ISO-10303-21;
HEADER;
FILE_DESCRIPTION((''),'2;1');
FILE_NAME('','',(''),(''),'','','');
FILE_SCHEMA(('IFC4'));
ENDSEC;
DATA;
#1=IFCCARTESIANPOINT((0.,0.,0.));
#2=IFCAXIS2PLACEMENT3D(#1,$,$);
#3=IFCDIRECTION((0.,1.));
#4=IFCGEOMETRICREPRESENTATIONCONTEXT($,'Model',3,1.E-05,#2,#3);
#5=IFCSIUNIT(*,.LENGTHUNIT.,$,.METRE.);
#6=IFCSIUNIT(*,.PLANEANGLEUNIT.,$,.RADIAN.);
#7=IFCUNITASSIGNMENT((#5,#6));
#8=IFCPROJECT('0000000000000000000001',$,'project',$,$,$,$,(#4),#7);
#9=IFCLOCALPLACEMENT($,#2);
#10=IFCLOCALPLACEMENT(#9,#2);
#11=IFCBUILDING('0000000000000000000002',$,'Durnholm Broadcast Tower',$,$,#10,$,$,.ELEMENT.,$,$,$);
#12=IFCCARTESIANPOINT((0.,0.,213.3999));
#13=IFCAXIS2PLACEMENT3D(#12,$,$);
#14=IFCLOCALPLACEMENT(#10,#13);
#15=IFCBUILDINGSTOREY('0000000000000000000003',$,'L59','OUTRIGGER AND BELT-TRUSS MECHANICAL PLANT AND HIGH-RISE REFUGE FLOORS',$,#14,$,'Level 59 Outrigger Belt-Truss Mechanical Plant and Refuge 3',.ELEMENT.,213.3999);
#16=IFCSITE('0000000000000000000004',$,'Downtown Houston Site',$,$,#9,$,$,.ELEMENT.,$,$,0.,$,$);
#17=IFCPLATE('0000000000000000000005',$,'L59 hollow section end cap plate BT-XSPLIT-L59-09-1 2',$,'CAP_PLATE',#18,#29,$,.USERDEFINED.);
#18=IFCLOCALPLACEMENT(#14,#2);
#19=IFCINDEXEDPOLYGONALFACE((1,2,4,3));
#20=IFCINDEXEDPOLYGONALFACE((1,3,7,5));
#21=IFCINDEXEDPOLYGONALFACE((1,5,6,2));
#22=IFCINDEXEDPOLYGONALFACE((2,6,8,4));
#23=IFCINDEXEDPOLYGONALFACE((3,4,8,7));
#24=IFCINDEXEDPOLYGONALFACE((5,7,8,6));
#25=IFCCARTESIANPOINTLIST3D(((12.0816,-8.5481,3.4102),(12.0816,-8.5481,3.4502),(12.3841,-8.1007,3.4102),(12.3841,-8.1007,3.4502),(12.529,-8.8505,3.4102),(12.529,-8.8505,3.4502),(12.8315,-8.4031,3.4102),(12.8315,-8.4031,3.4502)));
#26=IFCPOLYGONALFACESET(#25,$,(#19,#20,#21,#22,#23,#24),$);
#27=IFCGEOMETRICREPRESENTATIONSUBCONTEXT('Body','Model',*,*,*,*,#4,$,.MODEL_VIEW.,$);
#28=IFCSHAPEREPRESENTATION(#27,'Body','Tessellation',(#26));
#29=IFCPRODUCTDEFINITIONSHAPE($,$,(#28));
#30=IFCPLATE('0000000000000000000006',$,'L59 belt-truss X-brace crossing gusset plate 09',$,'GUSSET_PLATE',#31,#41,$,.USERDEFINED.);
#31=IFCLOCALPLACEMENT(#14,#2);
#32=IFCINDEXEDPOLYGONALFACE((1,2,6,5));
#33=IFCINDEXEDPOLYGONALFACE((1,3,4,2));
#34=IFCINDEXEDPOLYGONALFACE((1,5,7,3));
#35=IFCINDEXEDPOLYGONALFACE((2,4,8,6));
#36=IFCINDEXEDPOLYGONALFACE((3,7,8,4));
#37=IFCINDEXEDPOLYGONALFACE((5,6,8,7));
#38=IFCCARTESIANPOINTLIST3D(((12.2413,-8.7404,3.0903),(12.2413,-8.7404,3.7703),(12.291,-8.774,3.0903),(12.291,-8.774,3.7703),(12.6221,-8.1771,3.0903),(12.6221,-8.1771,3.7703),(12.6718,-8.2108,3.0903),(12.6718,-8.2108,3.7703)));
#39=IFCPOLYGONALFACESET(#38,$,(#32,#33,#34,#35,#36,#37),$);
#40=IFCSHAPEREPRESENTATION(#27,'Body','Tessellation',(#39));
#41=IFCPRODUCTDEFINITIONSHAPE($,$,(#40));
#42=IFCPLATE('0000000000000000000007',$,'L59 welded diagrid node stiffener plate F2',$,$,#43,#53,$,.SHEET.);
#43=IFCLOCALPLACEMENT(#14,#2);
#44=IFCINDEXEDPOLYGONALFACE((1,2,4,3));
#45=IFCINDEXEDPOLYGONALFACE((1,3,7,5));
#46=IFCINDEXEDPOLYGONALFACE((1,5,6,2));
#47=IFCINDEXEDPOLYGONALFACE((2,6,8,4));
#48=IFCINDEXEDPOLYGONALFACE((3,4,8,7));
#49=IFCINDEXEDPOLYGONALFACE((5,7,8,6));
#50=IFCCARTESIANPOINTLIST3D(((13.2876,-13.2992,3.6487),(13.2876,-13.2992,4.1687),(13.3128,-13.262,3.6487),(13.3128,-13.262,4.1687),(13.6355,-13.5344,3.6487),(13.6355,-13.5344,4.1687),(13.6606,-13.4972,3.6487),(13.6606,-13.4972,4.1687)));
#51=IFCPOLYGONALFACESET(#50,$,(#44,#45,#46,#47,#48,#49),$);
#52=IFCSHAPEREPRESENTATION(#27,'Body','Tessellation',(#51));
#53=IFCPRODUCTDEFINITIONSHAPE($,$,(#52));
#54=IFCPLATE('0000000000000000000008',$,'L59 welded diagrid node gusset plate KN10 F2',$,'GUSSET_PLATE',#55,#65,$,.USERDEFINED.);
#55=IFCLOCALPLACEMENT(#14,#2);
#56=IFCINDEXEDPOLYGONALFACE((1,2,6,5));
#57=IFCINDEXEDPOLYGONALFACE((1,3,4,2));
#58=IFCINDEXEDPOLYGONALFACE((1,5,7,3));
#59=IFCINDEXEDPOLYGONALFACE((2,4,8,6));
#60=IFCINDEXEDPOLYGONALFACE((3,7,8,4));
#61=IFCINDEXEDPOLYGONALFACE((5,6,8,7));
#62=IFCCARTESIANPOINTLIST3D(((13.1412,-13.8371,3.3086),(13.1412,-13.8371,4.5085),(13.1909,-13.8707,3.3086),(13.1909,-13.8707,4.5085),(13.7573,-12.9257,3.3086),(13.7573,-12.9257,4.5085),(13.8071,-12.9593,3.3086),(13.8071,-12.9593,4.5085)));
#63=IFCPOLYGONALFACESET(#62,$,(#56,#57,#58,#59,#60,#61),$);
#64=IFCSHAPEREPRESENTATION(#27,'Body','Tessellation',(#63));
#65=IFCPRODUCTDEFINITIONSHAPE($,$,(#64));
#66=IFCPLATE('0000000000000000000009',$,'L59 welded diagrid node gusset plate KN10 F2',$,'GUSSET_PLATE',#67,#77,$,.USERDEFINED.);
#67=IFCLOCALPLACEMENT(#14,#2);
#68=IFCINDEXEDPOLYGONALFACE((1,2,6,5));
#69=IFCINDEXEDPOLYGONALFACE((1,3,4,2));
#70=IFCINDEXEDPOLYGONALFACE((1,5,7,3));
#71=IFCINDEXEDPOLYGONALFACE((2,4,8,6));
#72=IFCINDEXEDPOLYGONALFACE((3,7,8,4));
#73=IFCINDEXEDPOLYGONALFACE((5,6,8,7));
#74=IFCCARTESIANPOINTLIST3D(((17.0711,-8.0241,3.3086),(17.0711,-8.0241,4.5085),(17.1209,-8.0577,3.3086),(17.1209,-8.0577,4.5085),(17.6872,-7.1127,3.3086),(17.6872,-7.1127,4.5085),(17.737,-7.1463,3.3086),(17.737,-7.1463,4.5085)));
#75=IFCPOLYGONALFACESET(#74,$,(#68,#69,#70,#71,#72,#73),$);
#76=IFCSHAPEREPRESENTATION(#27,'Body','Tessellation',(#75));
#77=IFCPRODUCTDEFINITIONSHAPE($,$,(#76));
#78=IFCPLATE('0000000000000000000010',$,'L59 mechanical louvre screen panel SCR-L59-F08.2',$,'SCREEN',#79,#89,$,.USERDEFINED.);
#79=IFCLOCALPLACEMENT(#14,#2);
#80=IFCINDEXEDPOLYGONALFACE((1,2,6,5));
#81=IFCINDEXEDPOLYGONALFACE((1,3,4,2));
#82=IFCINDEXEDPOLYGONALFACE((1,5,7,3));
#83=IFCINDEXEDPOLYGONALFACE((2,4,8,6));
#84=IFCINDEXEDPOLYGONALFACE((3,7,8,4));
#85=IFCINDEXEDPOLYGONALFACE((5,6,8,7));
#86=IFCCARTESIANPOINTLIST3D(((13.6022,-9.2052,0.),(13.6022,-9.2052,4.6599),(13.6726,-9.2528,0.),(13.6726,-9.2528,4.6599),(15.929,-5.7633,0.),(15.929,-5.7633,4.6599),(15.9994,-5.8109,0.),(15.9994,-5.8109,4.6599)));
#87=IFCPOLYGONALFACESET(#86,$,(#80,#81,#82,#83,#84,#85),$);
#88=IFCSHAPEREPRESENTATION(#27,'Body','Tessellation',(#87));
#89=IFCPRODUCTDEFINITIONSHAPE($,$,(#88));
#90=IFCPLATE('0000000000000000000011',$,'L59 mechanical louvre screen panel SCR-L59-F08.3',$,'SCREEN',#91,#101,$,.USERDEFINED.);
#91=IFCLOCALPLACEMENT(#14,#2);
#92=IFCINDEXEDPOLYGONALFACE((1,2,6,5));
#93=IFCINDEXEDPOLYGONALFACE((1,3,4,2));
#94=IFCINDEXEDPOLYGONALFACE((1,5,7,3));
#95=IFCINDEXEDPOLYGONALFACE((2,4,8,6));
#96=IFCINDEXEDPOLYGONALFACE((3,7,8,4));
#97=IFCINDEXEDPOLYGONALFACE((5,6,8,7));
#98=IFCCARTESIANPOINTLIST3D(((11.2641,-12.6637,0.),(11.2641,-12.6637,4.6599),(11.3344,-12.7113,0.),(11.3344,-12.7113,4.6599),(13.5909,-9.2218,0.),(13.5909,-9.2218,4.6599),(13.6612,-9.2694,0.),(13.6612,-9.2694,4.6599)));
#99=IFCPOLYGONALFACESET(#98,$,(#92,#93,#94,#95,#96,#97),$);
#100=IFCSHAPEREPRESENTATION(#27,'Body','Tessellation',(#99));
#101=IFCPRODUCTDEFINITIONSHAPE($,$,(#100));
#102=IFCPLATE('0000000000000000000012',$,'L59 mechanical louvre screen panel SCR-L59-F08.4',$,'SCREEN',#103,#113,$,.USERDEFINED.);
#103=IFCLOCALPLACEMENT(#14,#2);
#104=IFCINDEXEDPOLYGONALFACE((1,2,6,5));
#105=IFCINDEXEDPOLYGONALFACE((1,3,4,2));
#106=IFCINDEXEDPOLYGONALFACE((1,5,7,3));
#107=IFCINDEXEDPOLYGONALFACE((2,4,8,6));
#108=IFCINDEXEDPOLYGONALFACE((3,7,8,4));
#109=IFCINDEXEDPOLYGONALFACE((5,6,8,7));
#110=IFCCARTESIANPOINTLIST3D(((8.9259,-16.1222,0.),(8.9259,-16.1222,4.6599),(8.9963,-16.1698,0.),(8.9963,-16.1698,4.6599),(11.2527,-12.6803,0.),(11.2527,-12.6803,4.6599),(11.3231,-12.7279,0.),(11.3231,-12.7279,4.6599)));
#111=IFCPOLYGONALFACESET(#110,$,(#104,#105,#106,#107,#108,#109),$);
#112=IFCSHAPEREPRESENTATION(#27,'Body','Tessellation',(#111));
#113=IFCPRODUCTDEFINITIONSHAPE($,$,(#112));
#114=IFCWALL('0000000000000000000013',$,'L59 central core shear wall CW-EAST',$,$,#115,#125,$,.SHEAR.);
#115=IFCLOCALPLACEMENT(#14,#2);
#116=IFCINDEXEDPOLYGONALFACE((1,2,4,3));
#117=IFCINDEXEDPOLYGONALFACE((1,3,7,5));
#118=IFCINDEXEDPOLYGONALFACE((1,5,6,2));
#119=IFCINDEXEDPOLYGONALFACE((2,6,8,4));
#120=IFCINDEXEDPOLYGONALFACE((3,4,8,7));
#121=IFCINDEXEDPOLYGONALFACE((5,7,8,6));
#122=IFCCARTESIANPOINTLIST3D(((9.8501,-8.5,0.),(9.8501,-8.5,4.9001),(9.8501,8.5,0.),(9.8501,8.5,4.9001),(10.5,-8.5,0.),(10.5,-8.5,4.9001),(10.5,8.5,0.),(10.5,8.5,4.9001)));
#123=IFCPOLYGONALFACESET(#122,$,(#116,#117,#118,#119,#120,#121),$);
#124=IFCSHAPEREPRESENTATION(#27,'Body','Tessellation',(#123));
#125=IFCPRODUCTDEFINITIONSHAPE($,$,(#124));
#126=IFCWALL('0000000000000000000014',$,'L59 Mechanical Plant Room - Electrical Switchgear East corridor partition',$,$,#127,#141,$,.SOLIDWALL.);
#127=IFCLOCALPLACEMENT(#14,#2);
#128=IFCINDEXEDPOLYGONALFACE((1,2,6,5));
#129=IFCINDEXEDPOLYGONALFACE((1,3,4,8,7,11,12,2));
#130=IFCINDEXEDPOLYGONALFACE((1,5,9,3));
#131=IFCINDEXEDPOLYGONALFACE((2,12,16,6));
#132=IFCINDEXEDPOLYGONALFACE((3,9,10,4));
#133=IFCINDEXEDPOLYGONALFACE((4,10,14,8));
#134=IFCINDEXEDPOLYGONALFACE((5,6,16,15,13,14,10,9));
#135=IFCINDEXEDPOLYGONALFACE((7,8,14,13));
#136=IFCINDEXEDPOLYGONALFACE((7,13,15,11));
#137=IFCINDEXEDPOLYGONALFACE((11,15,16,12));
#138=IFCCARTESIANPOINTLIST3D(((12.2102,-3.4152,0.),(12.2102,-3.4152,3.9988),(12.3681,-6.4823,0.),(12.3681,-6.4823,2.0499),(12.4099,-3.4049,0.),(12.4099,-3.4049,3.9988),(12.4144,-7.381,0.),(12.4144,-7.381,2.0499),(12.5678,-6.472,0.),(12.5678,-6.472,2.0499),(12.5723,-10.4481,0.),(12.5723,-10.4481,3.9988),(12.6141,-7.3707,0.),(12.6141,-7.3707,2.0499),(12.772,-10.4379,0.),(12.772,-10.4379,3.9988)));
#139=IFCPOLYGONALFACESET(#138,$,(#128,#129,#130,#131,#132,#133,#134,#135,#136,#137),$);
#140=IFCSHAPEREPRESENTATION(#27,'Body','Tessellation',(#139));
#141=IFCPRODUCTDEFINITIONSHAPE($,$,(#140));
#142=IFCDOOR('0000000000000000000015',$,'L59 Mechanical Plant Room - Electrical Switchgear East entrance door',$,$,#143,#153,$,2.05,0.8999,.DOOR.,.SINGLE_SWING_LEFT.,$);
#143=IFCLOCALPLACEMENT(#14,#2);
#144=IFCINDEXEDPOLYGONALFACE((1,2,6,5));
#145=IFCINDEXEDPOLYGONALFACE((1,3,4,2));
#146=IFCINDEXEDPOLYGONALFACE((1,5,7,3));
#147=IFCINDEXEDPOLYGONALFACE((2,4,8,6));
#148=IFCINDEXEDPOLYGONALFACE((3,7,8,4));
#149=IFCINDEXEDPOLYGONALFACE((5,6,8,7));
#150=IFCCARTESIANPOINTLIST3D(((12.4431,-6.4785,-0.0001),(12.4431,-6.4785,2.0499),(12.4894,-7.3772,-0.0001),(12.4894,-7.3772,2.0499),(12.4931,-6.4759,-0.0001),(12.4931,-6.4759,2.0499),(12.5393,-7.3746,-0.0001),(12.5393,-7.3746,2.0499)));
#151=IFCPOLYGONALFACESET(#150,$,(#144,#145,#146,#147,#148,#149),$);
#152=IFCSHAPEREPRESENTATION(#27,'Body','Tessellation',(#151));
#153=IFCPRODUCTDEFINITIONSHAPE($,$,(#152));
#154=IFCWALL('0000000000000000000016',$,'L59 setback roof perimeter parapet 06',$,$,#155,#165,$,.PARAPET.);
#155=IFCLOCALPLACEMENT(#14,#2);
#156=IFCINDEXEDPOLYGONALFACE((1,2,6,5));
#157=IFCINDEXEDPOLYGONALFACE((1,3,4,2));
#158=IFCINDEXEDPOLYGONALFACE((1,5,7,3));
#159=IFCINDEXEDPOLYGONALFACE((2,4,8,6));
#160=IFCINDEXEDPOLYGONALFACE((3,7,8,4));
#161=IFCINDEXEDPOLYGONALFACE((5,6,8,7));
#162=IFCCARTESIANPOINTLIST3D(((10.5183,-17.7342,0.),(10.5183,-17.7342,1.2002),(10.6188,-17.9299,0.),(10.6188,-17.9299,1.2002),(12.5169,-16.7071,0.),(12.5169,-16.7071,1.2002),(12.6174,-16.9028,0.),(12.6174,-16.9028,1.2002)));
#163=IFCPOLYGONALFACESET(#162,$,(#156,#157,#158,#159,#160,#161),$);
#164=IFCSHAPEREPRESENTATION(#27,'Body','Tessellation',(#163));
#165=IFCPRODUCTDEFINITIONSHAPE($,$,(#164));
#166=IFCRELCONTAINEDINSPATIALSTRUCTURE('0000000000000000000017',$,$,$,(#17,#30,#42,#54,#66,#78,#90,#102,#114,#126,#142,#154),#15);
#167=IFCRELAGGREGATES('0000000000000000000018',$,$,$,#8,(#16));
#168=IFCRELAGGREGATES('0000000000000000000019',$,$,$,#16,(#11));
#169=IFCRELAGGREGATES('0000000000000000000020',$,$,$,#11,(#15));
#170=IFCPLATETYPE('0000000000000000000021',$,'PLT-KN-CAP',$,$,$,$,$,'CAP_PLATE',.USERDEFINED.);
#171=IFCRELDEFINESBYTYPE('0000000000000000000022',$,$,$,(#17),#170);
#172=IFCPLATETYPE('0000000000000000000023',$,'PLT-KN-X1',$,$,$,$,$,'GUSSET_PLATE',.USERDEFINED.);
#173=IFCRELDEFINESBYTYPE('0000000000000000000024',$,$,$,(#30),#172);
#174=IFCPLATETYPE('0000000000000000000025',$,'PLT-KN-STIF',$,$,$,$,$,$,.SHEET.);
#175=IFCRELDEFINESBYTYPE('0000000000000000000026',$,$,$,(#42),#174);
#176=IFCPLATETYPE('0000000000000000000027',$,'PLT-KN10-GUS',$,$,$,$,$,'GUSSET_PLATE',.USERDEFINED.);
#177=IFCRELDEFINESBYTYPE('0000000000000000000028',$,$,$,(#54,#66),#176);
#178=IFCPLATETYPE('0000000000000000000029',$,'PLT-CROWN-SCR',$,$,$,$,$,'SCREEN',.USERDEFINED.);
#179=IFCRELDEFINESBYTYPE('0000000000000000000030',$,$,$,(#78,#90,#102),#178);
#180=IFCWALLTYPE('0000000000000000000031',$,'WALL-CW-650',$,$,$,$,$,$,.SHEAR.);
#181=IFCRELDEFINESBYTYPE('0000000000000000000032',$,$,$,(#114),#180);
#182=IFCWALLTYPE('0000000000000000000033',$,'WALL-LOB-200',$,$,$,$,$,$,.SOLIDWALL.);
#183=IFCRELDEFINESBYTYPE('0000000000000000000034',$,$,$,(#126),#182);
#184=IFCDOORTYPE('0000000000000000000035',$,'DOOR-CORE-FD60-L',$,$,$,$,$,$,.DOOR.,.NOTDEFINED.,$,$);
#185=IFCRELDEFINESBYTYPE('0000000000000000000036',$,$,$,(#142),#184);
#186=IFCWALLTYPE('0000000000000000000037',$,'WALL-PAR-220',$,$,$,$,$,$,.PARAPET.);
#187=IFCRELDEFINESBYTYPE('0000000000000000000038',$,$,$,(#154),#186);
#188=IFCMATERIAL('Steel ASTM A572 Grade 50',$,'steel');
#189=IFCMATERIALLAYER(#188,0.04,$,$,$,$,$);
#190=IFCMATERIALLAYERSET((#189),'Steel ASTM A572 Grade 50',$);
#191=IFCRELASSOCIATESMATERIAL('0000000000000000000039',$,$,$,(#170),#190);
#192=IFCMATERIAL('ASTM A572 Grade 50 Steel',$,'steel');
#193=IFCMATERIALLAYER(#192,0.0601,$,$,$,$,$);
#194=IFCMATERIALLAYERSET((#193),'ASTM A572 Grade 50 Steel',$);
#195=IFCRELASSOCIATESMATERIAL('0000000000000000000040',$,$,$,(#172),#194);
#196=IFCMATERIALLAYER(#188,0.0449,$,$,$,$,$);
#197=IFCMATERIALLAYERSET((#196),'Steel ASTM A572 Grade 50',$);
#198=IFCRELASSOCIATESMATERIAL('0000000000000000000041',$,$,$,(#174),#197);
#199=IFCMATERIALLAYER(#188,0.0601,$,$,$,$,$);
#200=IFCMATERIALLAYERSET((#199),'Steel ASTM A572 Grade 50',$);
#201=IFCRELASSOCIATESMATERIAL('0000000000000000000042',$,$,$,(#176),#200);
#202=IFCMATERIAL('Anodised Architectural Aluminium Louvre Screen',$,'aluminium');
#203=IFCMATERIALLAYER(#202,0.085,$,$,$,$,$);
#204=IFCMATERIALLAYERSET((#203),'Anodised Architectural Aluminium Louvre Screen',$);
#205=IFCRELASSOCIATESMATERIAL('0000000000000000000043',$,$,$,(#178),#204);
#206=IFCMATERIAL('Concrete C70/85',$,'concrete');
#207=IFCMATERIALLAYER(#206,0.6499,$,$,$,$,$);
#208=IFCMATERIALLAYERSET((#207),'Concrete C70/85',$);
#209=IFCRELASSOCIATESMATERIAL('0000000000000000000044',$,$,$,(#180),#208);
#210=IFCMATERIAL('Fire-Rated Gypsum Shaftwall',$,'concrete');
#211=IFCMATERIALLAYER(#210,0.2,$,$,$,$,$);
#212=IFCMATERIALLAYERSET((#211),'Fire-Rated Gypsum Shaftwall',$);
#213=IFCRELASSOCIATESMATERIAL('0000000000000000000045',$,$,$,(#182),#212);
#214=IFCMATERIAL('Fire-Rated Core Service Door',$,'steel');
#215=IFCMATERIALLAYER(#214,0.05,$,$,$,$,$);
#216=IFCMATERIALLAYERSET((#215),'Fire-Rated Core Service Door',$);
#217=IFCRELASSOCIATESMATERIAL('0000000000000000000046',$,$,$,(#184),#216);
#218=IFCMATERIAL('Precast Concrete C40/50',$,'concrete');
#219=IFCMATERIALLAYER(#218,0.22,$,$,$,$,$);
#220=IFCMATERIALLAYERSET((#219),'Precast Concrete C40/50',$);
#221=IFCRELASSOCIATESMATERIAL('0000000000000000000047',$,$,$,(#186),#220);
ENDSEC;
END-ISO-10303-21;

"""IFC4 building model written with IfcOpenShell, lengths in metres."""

from ifc_helpers import new_model, si_unit, direction, frame, frame_2d, origin, origin_2d, place, context, subcontext, project, spatial, rectangle, extrude, source, transform, mapped, material, layer, layer_set, type_object, type_shapes, element, fill, save


model = new_model("IFC4")

# Units and contexts
model_context = context("Model", 3, precision=1e-05, world=origin(), true_north=direction((0.0, 1.0)))
body_context = subcontext(model_context, "Body", "Model", "MODEL_VIEW")
ifc_project = project(units=[si_unit("LENGTHUNIT", "METRE"), si_unit("PLANEANGLEUNIT", "RADIAN")], contexts=[model_context])

# Site, building, storey
site_placement = place(None, origin())
site = spatial("IfcSite", under=ifc_project, at=site_placement, Name="Downtown Houston Site", CompositionType="ELEMENT", RefElevation=0.0)
building_placement = place(site_placement, origin())
building = spatial("IfcBuilding", under=site, at=building_placement, Name="Durnholm Broadcast Tower", CompositionType="ELEMENT")
storey_placement = place(building_placement, frame((0.0, 0.0, 213.3999)))
storey = spatial("IfcBuildingStorey", under=building, at=storey_placement, Name="L59", Description="OUTRIGGER AND BELT-TRUSS MECHANICAL PLANT AND HIGH-RISE REFUGE FLOORS", LongName="Level 59 Outrigger Belt-Truss Mechanical Plant and Refuge 3", CompositionType="ELEMENT", Elevation=213.3999)

# Shared definitions
ifc_material_1 = material(Name="Concrete C70/85", Category="concrete")

# Plates
ifc_material_2 = material(Name="Steel ASTM A572 Grade 50", Category="steel")
ifc_layer_1 = layer(ifc_material_2, 0.04)
ifc_layer_set_1 = layer_set([ifc_layer_1], Name="Steel ASTM A572 Grade 50")
plate_type_1 = type_object("IfcPlateType", Name="PLT-KN-CAP", ElementType="CAP_PLATE", PredefinedType="USERDEFINED", material=ifc_layer_set_1)
shared_shape_1 = source(origin(), body_context, "Body", "SweptSolid", [
    extrude(rectangle(XDim=0.54, YDim=0.54, at=origin_2d()), origin(), (0.0, 0.0, 1.0), 0.04),
])
type_shapes(plate_type_1, [shared_shape_1])
plate_1_placement = place(storey_placement, frame((12.4565, -8.4756, 3.4102), z_axis=(0.0, 0.0, 1.0), x_axis=(0.560061, 0.828452, 0.0)))
element("IfcPlate", 1, at=plate_1_placement, inside=storey, type_object=plate_type_1, Name="L59 hollow section end cap plate BT-XSPLIT-L59-09-1 2", ObjectType="CAP_PLATE", PredefinedType="USERDEFINED", context=body_context, shape_type="MappedRepresentation", body=[
    mapped(shared_shape_1, transform((0.0, 0.0, 0.0), x_axis=(1.0, 0.0, 0.0), y_axis=(0.0, 1.0, 0.0), z_axis=(0.0, 0.0, 1.0), scale=1.0)),
])
ifc_material_3 = material(Name="ASTM A572 Grade 50 Steel", Category="steel")
ifc_layer_2 = layer(ifc_material_3, 0.0601)
ifc_layer_set_2 = layer_set([ifc_layer_2], Name="ASTM A572 Grade 50 Steel")
plate_type_2 = type_object("IfcPlateType", Name="PLT-KN-X1", ElementType="GUSSET_PLATE", PredefinedType="USERDEFINED", material=ifc_layer_set_2)
shared_shape_2 = source(origin(), body_context, "Body", "SweptSolid", [
    extrude(rectangle(XDim=0.6799, YDim=0.0601, at=origin_2d()), origin(), (0.0, 0.0, 1.0), 0.6799),
])
type_shapes(plate_type_2, [shared_shape_2])
plate_2_placement = place(storey_placement, frame((12.4565, -8.4756, 3.0903), z_axis=(0.0, 0.0, 1.0), x_axis=(-0.560061, -0.828452, 0.0)))
element("IfcPlate", 2, at=plate_2_placement, inside=storey, type_object=plate_type_2, Name="L59 belt-truss X-brace crossing gusset plate 09", ObjectType="GUSSET_PLATE", PredefinedType="USERDEFINED", context=body_context, shape_type="MappedRepresentation", body=[
    mapped(shared_shape_2, transform((0.0, 0.0, 0.0), x_axis=(1.0, 0.0, 0.0), y_axis=(0.0, 1.0, 0.0), z_axis=(0.0, 0.0, 1.0), scale=1.0)),
])
ifc_layer_3 = layer(ifc_material_2, 0.0449)
ifc_layer_set_3 = layer_set([ifc_layer_3], Name="Steel ASTM A572 Grade 50")
plate_type_3 = type_object("IfcPlateType", Name="PLT-KN-STIF", PredefinedType="SHEET", material=ifc_layer_set_3)
shared_shape_3 = source(origin(), body_context, "Body", "SweptSolid", [
    extrude(rectangle(XDim=0.0449, YDim=0.4199, at=origin_2d()), origin(), (0.0, 0.0, 1.0), 0.52),
])
type_shapes(plate_type_3, [shared_shape_3])
plate_3_placement = place(storey_placement, frame((13.4741, -13.3982, 3.6487), z_axis=(0.0, 0.0, 1.0), x_axis=(0.560061, 0.828452, 0.0)))
element("IfcPlate", 3, at=plate_3_placement, inside=storey, type_object=plate_type_3, Name="L59 welded diagrid node stiffener plate F2", PredefinedType="SHEET", context=body_context, shape_type="MappedRepresentation", body=[
    mapped(shared_shape_3, transform((0.0, 0.0, 0.0), x_axis=(1.0, 0.0, 0.0), y_axis=(0.0, 1.0, 0.0), z_axis=(0.0, 0.0, 1.0), scale=1.0)),
])
ifc_layer_4 = layer(ifc_material_2, 0.0601)
ifc_layer_set_4 = layer_set([ifc_layer_4], Name="Steel ASTM A572 Grade 50")
plate_type_4 = type_object("IfcPlateType", Name="PLT-KN10-GUS", ElementType="GUSSET_PLATE", PredefinedType="USERDEFINED", material=ifc_layer_set_4)
shared_shape_4 = source(origin(), body_context, "Body", "SweptSolid", [
    extrude(rectangle(XDim=1.1001, YDim=0.0601, at=origin_2d()), origin(), (0.0, 0.0, 1.0), 1.2),
])
type_shapes(plate_type_4, [shared_shape_4])
for number, where, z_axis, x_axis, name in (
    (4, (13.4741, -13.3982, 3.3086), (0.0, 0.0, 1.0), (0.560061, 0.828452, 0.0), "L59 welded diagrid node gusset plate KN10 F2"),
    (5, (17.4041, -7.5852, 3.3086), (0.0, 0.0, 1.0), (0.560061, 0.828452, 0.0), "L59 welded diagrid node gusset plate KN10 F2"),
):
    element("IfcPlate", number, at=place(storey_placement, frame(where, z_axis=z_axis, x_axis=x_axis)), inside=storey, type_object=plate_type_4, Name=name, ObjectType="GUSSET_PLATE", PredefinedType="USERDEFINED", context=body_context, shape_type="MappedRepresentation", body=[
        mapped(shared_shape_4, transform((0.0, 0.0, 0.0), x_axis=(1.0, 0.0, 0.0), y_axis=(0.0, 1.0, 0.0), z_axis=(0.0, 0.0, 1.0), scale=1.0)),
    ])
ifc_material_4 = material(Name="Anodised Architectural Aluminium Louvre Screen", Category="aluminium")
ifc_layer_5 = layer(ifc_material_4, 0.085)
ifc_layer_set_5 = layer_set([ifc_layer_5], Name="Anodised Architectural Aluminium Louvre Screen")
plate_type_5 = type_object("IfcPlateType", Name="PLT-CROWN-SCR", ElementType="SCREEN", PredefinedType="USERDEFINED", material=ifc_layer_set_5)
shared_shape_5 = source(origin(), body_context, "Body", "SweptSolid", [
    extrude(rectangle(XDim=4.1545, YDim=0.085, at=origin_2d()), origin(), (0.0, 0.0, 1.0), 4.6599),
])
type_shapes(plate_type_5, [shared_shape_5])
for number, where, z_axis, x_axis, name in (
    (6, (14.8008, -7.5081, 0.0), (0.0, 0.0, 1.0), (-0.560061, -0.828452, 0.0), "L59 mechanical louvre screen panel SCR-L59-F08.2"),
    (7, (12.4626, -10.9666, 0.0), (0.0, 0.0, 1.0), (-0.560061, -0.828452, 0.0), "L59 mechanical louvre screen panel SCR-L59-F08.3"),
    (8, (10.1245, -14.425, 0.0), (0.0, 0.0, 1.0), (-0.560061, -0.828452, 0.0), "L59 mechanical louvre screen panel SCR-L59-F08.4"),
):
    element("IfcPlate", number, at=place(storey_placement, frame(where, z_axis=z_axis, x_axis=x_axis)), inside=storey, type_object=plate_type_5, Name=name, ObjectType="SCREEN", PredefinedType="USERDEFINED", context=body_context, shape_type="MappedRepresentation", body=[
        mapped(shared_shape_5, transform((0.0, 0.0, 0.0), x_axis=(1.0, 0.0, 0.0), y_axis=(0.0, 1.0, 0.0), z_axis=(0.0, 0.0, 1.0), scale=1.0)),
    ])

# Wall
ifc_layer_6 = layer(ifc_material_1, 0.6499)
ifc_layer_set_6 = layer_set([ifc_layer_6], Name="Concrete C70/85")
wall_type_1 = type_object("IfcWallType", Name="WALL-CW-650", PredefinedType="SHEAR", material=ifc_layer_set_6)
wall_1_placement = place(storey_placement, frame((10.175, -8.5, 0.0), z_axis=(0.0, 0.0, 1.0), x_axis=(0.0, 1.0, 0.0)))
element("IfcWall", 9, at=wall_1_placement, inside=storey, type_object=wall_type_1, Name="L59 central core shear wall CW-EAST", PredefinedType="SHEAR", context=body_context, shape_type="SweptSolid", body=[
    extrude(rectangle(XDim=17.0, YDim=0.6499, at=frame_2d((8.5, 0.0))), origin(), (0.0, 0.0, 1.0), 4.9001),
])

# Wall, opening, door
ifc_material_5 = material(Name="Fire-Rated Gypsum Shaftwall", Category="concrete")
ifc_layer_7 = layer(ifc_material_5, 0.2)
ifc_layer_set_7 = layer_set([ifc_layer_7], Name="Fire-Rated Gypsum Shaftwall")
wall_type_2 = type_object("IfcWallType", Name="WALL-LOB-200", PredefinedType="SOLIDWALL", material=ifc_layer_set_7)
wall_2_placement = place(storey_placement, frame((12.6721, -10.4429, 0.0), z_axis=(0.0, 0.0, 1.0), x_axis=(-0.051412, 0.998678, 0.0)))
wall_2 = element("IfcWall", 10, at=wall_2_placement, inside=storey, type_object=wall_type_2, Name="L59 Mechanical Plant Room - Electrical Switchgear East corridor partition", PredefinedType="SOLIDWALL", context=body_context, shape_type="SweptSolid", body=[
    extrude(rectangle(XDim=7.0422, YDim=0.2, at=frame_2d((3.521, 0.0))), origin(), (0.0, 0.0, 1.0), 3.9988),
])
opening_placement = place(wall_2_placement, frame((3.071, 0.0, 0.0)))
opening = element("IfcOpeningElement", 11, at=opening_placement, cuts=wall_2, PredefinedType="OPENING", context=body_context, shape_type="SweptSolid", body=[
    extrude(rectangle(XDim=0.8999, YDim=2.05, at=frame_2d((0.45, 1.0249))), frame((0.0, 0.1099, 0.0), z_axis=(0.0, -1.0, 0.0), x_axis=(1.0, 0.0, 0.0)), (0.0, 0.0, 1.0), 0.22),
])
ifc_material_6 = material(Name="Fire-Rated Core Service Door", Category="steel")
ifc_layer_8 = layer(ifc_material_6, 0.05)
ifc_layer_set_8 = layer_set([ifc_layer_8], Name="Fire-Rated Core Service Door")
door_type = type_object("IfcDoorType", Name="DOOR-CORE-FD60-L", OperationType="NOTDEFINED", PredefinedType="DOOR", material=ifc_layer_set_8)
shared_shape_6 = source(origin(), body_context, "Body", "SweptSolid", [
    extrude(rectangle(XDim=0.8999, YDim=2.05, at=frame_2d((0.45, 1.0249))), frame((0.0, 0.0249, 0.0), z_axis=(0.0, -1.0, 0.0), x_axis=(1.0, 0.0, 0.0)), (0.0, 0.0, 1.0), 0.05),
])
type_shapes(door_type, [shared_shape_6])
door_placement = place(opening_placement, origin())
door = element("IfcDoor", 12, at=door_placement, inside=storey, type_object=door_type, Name="L59 Mechanical Plant Room - Electrical Switchgear East entrance door", OperationType="SINGLE_SWING_LEFT", OverallHeight=2.05, OverallWidth=0.8999, PredefinedType="DOOR", context=body_context, shape_type="MappedRepresentation", body=[
    mapped(shared_shape_6, transform((0.0, 0.0, 0.0), x_axis=(1.0, 0.0, 0.0), y_axis=(0.0, 1.0, 0.0), z_axis=(0.0, 0.0, 1.0), scale=1.0)),
])
fill(opening, door)

# Wall
ifc_material_7 = material(Name="Precast Concrete C40/50", Category="concrete")
ifc_layer_9 = layer(ifc_material_7, 0.22)
ifc_layer_set_9 = layer_set([ifc_layer_9], Name="Precast Concrete C40/50")
wall_type_3 = type_object("IfcWallType", Name="WALL-PAR-220", PredefinedType="PARAPET", material=ifc_layer_set_9)
wall_3_placement = place(storey_placement, frame((12.5671, -16.8049, 0.0), z_axis=(0.0, 0.0, 1.0), x_axis=(-0.889418, -0.457095, 0.0)))
element("IfcWall", 13, at=wall_3_placement, inside=storey, type_object=wall_type_3, Name="L59 setback roof perimeter parapet 06", PredefinedType="PARAPET", context=body_context, shape_type="SweptSolid", body=[
    extrude(rectangle(XDim=2.2471, YDim=0.22, at=frame_2d((1.1235, 0.0))), origin(), (0.0, 0.0, 1.0), 1.2002),
])

save(model, "model.ifc")
